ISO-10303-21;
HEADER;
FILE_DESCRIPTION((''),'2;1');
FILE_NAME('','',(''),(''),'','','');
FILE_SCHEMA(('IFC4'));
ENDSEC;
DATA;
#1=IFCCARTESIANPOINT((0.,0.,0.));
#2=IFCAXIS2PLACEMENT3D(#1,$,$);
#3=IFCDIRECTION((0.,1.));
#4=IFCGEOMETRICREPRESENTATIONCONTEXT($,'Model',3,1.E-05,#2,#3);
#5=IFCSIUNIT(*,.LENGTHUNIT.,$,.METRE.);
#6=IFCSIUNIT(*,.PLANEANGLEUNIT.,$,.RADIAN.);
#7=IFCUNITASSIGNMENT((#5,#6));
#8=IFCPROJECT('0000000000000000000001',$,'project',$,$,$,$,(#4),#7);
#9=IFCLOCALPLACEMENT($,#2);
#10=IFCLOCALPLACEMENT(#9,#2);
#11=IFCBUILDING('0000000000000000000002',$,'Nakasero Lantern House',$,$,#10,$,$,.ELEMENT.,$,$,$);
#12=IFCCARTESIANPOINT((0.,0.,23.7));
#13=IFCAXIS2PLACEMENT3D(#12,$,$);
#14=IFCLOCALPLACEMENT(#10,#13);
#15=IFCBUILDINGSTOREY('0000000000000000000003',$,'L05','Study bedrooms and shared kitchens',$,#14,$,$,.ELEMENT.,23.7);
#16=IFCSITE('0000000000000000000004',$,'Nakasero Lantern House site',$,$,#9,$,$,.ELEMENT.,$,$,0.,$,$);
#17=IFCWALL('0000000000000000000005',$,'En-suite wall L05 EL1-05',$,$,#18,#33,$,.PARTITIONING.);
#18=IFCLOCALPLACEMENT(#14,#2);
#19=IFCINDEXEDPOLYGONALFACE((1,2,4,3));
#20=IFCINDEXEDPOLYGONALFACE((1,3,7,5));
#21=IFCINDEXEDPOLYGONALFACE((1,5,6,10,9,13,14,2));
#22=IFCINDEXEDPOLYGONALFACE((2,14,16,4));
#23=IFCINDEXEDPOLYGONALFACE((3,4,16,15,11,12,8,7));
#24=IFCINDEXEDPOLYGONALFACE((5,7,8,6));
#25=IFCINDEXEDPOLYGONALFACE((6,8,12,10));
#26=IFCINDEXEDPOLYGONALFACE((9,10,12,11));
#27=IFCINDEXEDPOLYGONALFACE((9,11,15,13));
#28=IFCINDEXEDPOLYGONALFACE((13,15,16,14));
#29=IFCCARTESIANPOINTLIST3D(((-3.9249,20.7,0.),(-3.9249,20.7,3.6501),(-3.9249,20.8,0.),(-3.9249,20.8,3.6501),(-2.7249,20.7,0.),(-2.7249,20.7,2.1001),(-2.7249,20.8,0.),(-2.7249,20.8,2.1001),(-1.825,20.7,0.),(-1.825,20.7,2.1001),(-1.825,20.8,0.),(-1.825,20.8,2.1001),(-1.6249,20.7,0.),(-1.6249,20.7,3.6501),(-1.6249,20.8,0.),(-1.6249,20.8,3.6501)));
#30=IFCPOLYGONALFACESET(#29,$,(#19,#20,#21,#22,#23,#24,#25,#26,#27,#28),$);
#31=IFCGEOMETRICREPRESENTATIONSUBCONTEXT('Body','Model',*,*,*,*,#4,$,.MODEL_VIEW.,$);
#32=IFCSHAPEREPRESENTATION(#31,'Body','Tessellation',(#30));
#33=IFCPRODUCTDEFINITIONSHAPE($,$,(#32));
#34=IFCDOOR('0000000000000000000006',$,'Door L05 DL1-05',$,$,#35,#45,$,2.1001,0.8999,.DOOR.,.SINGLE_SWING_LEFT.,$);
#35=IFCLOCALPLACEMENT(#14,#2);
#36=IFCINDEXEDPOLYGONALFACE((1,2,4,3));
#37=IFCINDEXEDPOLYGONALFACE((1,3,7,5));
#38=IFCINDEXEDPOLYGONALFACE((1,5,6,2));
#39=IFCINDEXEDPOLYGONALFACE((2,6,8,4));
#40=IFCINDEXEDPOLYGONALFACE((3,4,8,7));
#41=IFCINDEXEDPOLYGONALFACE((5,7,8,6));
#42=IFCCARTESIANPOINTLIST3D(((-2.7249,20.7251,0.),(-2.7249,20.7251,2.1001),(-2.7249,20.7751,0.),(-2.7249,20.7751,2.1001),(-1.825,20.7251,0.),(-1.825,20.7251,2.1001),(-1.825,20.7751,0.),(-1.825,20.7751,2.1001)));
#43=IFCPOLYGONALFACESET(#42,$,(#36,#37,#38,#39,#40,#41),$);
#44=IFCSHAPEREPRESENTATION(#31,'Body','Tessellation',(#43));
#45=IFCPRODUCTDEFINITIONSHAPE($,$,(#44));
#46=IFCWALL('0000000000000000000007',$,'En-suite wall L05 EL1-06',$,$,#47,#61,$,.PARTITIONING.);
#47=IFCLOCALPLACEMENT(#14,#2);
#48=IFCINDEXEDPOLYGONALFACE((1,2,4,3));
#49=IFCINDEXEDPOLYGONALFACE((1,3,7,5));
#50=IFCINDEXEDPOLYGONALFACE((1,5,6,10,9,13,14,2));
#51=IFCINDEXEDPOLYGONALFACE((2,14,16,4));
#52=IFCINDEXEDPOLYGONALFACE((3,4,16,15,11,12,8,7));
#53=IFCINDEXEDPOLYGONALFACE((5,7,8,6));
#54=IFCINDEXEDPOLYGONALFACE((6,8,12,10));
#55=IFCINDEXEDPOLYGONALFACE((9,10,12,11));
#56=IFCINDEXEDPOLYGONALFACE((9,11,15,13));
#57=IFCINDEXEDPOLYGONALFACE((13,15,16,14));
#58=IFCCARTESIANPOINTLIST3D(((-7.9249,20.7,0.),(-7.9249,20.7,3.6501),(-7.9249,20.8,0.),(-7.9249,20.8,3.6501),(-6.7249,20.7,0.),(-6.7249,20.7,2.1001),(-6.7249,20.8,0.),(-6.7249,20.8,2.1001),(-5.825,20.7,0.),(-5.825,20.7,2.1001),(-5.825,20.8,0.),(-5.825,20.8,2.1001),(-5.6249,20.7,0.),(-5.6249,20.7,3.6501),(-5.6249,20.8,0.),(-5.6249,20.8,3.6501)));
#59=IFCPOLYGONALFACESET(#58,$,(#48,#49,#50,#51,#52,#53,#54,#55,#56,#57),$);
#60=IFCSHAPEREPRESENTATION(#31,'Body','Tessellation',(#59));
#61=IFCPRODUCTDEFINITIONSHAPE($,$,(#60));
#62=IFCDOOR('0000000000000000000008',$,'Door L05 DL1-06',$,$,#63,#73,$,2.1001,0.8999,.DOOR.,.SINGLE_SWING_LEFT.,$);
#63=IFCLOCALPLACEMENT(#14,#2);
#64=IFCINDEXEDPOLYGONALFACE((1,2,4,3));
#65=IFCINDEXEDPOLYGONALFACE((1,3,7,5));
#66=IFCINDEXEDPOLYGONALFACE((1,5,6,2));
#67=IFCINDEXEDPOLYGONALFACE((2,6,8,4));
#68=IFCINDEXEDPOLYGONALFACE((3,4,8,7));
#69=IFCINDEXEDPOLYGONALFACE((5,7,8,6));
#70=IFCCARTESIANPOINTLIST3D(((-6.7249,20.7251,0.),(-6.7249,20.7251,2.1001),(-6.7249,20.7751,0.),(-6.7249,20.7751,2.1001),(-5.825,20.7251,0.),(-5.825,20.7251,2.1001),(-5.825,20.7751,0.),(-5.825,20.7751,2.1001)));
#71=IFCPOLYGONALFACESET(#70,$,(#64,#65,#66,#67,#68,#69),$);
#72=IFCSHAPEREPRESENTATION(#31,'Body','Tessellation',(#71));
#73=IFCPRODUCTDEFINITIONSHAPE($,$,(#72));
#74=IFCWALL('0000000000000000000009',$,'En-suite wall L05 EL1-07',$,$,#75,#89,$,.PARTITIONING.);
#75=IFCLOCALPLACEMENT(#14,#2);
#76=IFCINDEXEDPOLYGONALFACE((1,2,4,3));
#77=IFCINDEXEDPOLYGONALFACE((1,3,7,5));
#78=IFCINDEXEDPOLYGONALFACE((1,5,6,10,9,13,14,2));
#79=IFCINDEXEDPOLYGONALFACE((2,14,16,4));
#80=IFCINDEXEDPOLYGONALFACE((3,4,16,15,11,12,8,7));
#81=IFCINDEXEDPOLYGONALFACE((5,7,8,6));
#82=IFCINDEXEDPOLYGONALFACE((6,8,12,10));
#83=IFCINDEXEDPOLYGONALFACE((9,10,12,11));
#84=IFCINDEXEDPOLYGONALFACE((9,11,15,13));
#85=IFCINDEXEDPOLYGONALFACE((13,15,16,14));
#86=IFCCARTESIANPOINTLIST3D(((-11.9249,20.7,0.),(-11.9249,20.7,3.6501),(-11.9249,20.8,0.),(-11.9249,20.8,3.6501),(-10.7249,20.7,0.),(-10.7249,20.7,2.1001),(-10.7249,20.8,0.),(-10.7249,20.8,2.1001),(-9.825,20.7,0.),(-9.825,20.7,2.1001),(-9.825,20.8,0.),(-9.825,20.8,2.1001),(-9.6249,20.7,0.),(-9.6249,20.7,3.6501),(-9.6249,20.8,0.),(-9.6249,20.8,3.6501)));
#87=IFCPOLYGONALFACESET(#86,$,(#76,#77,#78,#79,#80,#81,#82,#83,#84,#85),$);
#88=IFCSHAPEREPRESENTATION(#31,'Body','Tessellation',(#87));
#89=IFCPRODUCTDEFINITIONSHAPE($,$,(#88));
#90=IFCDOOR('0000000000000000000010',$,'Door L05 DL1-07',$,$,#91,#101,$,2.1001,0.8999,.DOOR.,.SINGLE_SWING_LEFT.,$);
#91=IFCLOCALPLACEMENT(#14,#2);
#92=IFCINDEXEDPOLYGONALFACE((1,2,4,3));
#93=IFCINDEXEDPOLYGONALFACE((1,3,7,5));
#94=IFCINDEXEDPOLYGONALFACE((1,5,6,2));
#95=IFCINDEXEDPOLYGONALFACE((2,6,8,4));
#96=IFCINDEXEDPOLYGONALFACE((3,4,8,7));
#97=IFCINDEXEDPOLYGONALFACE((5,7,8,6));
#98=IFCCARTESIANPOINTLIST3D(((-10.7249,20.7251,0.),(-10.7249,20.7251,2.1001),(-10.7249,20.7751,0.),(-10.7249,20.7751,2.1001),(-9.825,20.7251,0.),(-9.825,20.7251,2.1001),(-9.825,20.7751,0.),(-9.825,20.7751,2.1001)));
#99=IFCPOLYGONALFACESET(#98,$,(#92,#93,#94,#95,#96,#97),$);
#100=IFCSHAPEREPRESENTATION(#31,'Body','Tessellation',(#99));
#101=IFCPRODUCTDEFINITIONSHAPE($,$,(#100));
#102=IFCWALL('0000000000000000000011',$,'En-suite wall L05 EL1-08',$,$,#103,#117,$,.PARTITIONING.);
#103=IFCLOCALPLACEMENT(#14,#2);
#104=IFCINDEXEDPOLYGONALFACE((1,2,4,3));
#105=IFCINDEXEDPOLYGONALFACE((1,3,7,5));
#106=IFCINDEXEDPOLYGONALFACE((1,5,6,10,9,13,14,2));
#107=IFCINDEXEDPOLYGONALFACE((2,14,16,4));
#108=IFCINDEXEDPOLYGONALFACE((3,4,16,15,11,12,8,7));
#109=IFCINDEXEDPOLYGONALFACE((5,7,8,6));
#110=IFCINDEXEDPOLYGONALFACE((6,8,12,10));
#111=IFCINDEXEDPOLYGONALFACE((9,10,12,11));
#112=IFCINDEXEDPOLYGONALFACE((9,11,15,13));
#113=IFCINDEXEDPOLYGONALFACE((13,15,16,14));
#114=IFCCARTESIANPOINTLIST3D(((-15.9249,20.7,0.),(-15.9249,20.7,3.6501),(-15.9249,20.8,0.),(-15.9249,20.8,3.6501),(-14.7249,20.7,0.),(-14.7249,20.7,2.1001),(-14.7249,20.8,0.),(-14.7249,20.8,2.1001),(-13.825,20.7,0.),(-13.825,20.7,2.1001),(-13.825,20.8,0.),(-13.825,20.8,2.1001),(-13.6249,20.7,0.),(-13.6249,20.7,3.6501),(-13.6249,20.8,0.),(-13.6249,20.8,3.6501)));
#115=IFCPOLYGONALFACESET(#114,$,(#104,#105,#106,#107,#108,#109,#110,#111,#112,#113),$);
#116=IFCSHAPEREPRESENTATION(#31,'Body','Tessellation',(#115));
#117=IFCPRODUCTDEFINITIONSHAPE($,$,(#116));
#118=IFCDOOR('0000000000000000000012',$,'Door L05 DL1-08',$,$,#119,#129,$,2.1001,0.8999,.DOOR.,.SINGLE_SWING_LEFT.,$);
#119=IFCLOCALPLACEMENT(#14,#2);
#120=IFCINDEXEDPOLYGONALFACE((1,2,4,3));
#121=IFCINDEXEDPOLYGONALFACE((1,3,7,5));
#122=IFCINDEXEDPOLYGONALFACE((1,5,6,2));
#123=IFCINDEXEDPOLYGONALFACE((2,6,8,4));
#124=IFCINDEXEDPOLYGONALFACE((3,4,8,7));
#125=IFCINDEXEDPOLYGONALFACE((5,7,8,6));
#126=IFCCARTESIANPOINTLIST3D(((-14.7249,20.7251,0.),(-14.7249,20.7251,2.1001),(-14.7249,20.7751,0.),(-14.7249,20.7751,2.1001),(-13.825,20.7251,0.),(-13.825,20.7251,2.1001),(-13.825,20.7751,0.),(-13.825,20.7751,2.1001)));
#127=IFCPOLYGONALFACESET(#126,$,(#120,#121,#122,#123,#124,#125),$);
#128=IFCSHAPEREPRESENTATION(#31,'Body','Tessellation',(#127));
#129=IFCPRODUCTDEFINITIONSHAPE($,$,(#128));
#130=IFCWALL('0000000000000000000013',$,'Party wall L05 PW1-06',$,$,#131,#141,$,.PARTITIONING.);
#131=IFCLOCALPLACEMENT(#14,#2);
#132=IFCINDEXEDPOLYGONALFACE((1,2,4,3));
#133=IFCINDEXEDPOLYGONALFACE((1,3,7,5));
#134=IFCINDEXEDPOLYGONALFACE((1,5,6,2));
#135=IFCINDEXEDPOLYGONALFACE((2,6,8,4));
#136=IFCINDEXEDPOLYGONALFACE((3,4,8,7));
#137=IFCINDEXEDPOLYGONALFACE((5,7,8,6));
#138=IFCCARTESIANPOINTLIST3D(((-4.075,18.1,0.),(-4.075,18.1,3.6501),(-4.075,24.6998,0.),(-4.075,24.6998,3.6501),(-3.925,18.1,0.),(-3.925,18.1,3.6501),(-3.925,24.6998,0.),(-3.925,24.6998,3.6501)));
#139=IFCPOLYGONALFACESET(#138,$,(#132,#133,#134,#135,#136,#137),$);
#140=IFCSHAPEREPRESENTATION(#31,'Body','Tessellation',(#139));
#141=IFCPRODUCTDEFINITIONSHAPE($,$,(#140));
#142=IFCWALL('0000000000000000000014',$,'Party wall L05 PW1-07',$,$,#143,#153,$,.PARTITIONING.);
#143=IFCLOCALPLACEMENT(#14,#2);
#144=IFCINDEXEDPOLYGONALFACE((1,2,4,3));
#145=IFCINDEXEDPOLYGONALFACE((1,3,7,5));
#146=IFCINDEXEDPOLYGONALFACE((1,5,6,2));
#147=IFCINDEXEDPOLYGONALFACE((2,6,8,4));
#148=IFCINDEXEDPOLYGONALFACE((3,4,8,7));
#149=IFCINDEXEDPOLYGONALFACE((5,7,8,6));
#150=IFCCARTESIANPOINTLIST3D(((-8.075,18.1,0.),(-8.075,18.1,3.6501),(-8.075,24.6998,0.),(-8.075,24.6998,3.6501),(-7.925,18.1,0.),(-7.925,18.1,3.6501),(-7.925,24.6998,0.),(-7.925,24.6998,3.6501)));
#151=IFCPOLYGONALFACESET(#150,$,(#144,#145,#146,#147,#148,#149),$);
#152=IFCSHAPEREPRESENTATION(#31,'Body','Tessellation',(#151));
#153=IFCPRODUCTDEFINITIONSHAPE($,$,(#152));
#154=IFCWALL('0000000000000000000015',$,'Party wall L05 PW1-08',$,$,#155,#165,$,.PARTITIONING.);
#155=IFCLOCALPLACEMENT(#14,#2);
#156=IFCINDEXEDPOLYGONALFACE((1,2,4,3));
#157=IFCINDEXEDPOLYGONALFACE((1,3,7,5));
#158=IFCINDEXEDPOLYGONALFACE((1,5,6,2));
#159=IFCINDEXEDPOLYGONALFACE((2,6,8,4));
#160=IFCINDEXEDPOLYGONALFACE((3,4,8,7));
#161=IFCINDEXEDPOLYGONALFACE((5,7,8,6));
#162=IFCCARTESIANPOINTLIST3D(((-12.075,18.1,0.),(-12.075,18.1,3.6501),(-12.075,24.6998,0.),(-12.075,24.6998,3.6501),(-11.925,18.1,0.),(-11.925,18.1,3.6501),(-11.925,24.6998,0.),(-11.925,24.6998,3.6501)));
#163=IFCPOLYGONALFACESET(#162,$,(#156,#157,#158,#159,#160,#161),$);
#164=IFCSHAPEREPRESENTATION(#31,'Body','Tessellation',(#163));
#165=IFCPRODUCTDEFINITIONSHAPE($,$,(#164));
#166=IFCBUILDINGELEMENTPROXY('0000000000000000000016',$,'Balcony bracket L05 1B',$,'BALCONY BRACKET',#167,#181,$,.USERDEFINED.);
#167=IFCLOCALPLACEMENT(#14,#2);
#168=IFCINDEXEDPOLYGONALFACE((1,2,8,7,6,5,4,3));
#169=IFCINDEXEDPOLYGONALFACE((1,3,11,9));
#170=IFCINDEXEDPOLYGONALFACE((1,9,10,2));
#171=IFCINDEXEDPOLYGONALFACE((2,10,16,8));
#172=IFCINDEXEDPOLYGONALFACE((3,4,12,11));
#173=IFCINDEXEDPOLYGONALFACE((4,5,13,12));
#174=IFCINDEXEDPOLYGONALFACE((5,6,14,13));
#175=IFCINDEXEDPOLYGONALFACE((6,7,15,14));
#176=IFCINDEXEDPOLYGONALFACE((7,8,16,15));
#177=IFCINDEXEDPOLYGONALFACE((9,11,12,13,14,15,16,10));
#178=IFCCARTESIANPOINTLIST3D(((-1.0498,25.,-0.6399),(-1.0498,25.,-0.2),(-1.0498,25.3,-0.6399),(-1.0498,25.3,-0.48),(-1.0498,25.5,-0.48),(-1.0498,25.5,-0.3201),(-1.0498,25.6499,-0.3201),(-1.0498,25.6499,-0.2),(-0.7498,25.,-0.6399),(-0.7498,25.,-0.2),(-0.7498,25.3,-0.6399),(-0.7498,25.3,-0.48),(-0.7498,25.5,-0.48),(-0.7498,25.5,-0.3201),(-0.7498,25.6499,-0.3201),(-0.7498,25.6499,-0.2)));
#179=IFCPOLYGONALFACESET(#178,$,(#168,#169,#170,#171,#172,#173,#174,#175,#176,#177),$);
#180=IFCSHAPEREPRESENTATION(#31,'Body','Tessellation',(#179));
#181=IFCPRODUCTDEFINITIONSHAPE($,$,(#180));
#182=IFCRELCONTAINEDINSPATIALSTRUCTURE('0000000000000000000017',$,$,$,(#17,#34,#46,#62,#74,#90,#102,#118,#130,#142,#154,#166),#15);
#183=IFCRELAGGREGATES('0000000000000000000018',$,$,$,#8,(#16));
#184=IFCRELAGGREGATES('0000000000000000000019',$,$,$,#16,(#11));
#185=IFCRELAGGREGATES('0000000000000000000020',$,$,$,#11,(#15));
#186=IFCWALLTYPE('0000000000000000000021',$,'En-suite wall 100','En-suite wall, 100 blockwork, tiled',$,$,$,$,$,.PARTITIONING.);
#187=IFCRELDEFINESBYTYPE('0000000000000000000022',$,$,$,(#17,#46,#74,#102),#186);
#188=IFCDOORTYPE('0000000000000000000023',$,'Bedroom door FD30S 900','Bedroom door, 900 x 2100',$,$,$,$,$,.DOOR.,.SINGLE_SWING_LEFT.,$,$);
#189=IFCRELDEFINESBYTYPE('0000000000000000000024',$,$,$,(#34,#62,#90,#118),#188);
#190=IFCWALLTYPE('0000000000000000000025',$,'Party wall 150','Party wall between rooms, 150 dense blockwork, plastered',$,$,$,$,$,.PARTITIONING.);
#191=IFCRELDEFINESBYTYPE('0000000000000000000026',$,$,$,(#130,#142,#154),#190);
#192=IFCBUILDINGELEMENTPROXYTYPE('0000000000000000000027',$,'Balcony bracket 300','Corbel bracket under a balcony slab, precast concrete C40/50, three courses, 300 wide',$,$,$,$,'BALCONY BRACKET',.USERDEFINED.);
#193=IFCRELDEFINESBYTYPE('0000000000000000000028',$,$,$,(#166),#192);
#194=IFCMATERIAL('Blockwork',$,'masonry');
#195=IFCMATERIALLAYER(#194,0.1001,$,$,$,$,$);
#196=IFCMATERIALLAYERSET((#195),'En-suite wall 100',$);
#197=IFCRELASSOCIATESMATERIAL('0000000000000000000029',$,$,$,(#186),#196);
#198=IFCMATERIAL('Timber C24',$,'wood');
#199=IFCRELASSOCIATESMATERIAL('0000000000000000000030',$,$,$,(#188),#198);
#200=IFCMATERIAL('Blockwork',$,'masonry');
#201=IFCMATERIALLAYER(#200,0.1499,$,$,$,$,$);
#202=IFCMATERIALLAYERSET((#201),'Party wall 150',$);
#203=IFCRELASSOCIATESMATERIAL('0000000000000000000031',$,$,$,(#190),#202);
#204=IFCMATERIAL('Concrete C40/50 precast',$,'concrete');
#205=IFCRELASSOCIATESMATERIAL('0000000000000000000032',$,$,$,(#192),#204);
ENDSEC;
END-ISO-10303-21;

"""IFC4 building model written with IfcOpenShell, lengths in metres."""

from ifc_helpers import new_model, si_unit, direction, frame, frame_2d, origin, place, context, subcontext, project, spatial, polyline, rectangle, outline, extrude, material, layer, layer_set, type_object, element, fill, save


model = new_model("IFC4")

# Units and contexts
model_context = context("Model", 3, precision=1e-05, world=origin(), true_north=direction((0.0, 1.0)))
body_context = subcontext(model_context, "Body", "Model", "MODEL_VIEW")
ifc_project = project(units=[si_unit("LENGTHUNIT", "METRE"), si_unit("PLANEANGLEUNIT", "RADIAN")], contexts=[model_context])

# Site, building, storey
site_placement = place(None, origin())
site = spatial("IfcSite", under=ifc_project, at=site_placement, Name="Nakasero Lantern House site", CompositionType="ELEMENT", RefElevation=0.0)
building_placement = place(site_placement, origin())
building = spatial("IfcBuilding", under=site, at=building_placement, Name="Nakasero Lantern House", CompositionType="ELEMENT")
storey_placement = place(building_placement, frame((0.0, 0.0, 23.7)))
storey = spatial("IfcBuildingStorey", under=building, at=storey_placement, Name="L05", Description="Study bedrooms and shared kitchens", CompositionType="ELEMENT", Elevation=23.7)

# Shared definitions
ifc_material_1 = material(Name="Blockwork", Category="masonry")
ifc_layer_1 = layer(ifc_material_1, 0.1001)
ifc_layer_set_1 = layer_set([ifc_layer_1], Name="En-suite wall 100")
wall_type_1 = type_object("IfcWallType", Name="En-suite wall 100", Description="En-suite wall, 100 blockwork, tiled", PredefinedType="PARTITIONING", material=ifc_layer_set_1)

# Walls, openings, doors
wall_1_placement = place(storey_placement, frame((-1.625, 20.75, 0.0), z_axis=(0.0, 0.0, 1.0), x_axis=(-1.0, 0.0, 0.0)))
wall_1 = element("IfcWall", 1, at=wall_1_placement, inside=storey, type_object=wall_type_1, Name="En-suite wall L05 EL1-05", PredefinedType="PARTITIONING", context=body_context, shape_type="SweptSolid", body=[
    extrude(rectangle(XDim=2.3, YDim=0.1001, at=frame_2d((1.1499, 0.0))), origin(), (0.0, 0.0, 1.0), 3.6501),
])
opening_1_placement = place(wall_1_placement, frame((0.2, 0.0, 0.0)))
opening_1 = element("IfcOpeningElement", 2, at=opening_1_placement, cuts=wall_1, PredefinedType="OPENING", context=body_context, shape_type="SweptSolid", body=[
    extrude(rectangle(XDim=0.8999, YDim=2.1001, at=frame_2d((0.45, 1.05))), frame((0.0, 0.0701, 0.0), z_axis=(0.0, -1.0, 0.0), x_axis=(1.0, 0.0, 0.0)), (0.0, 0.0, 1.0), 0.1401),
])
ifc_material_2 = material(Name="Timber C24", Category="wood")
door_type_1 = type_object("IfcDoorType", Name="Bedroom door FD30S 900", Description="Bedroom door, 900 x 2100", OperationType="SINGLE_SWING_LEFT", PredefinedType="DOOR", material=ifc_material_2)
door_1_placement = place(opening_1_placement, origin())
door_1 = element("IfcDoor", 3, at=door_1_placement, inside=storey, type_object=door_type_1, Name="Door L05 DL1-05", OperationType="SINGLE_SWING_LEFT", OverallHeight=2.1001, OverallWidth=0.8999, PredefinedType="DOOR", context=body_context, shape_type="SweptSolid", body=[
    extrude(rectangle(XDim=0.8999, YDim=2.1001, at=frame_2d((0.45, 1.05))), frame((0.0, 0.0249, 0.0), z_axis=(0.0, -1.0, 0.0), x_axis=(1.0, 0.0, 0.0)), (0.0, 0.0, 1.0), 0.05),
])
fill(opening_1, door_1)
wall_2_placement = place(storey_placement, frame((-5.625, 20.75, 0.0), z_axis=(0.0, 0.0, 1.0), x_axis=(-1.0, 0.0, 0.0)))
wall_2 = element("IfcWall", 4, at=wall_2_placement, inside=storey, type_object=wall_type_1, Name="En-suite wall L05 EL1-06", PredefinedType="PARTITIONING", context=body_context, shape_type="SweptSolid", body=[
    extrude(rectangle(XDim=2.3, YDim=0.1001, at=frame_2d((1.1499, 0.0))), origin(), (0.0, 0.0, 1.0), 3.6501),
])
opening_2_placement = place(wall_2_placement, frame((0.2, 0.0, 0.0)))
opening_2 = element("IfcOpeningElement", 5, at=opening_2_placement, cuts=wall_2, PredefinedType="OPENING", context=body_context, shape_type="SweptSolid", body=[
    extrude(rectangle(XDim=0.8999, YDim=2.1001, at=frame_2d((0.45, 1.05))), frame((0.0, 0.0701, 0.0), z_axis=(0.0, -1.0, 0.0), x_axis=(1.0, 0.0, 0.0)), (0.0, 0.0, 1.0), 0.1401),
])
door_2_placement = place(opening_2_placement, origin())
door_2 = element("IfcDoor", 6, at=door_2_placement, inside=storey, type_object=door_type_1, Name="Door L05 DL1-06", OperationType="SINGLE_SWING_LEFT", OverallHeight=2.1001, OverallWidth=0.8999, PredefinedType="DOOR", context=body_context, shape_type="SweptSolid", body=[
    extrude(rectangle(XDim=0.8999, YDim=2.1001, at=frame_2d((0.45, 1.05))), frame((0.0, 0.0249, 0.0), z_axis=(0.0, -1.0, 0.0), x_axis=(1.0, 0.0, 0.0)), (0.0, 0.0, 1.0), 0.05),
])
fill(opening_2, door_2)
wall_3_placement = place(storey_placement, frame((-9.625, 20.75, 0.0), z_axis=(0.0, 0.0, 1.0), x_axis=(-1.0, 0.0, 0.0)))
wall_3 = element("IfcWall", 7, at=wall_3_placement, inside=storey, type_object=wall_type_1, Name="En-suite wall L05 EL1-07", PredefinedType="PARTITIONING", context=body_context, shape_type="SweptSolid", body=[
    extrude(rectangle(XDim=2.3, YDim=0.1001, at=frame_2d((1.1499, 0.0))), origin(), (0.0, 0.0, 1.0), 3.6501),
])
opening_3_placement = place(wall_3_placement, frame((0.2, 0.0, 0.0)))
opening_3 = element("IfcOpeningElement", 8, at=opening_3_placement, cuts=wall_3, PredefinedType="OPENING", context=body_context, shape_type="SweptSolid", body=[
    extrude(rectangle(XDim=0.8999, YDim=2.1001, at=frame_2d((0.45, 1.05))), frame((0.0, 0.0701, 0.0), z_axis=(0.0, -1.0, 0.0), x_axis=(1.0, 0.0, 0.0)), (0.0, 0.0, 1.0), 0.1401),
])
door_3_placement = place(opening_3_placement, origin())
door_3 = element("IfcDoor", 9, at=door_3_placement, inside=storey, type_object=door_type_1, Name="Door L05 DL1-07", OperationType="SINGLE_SWING_LEFT", OverallHeight=2.1001, OverallWidth=0.8999, PredefinedType="DOOR", context=body_context, shape_type="SweptSolid", body=[
    extrude(rectangle(XDim=0.8999, YDim=2.1001, at=frame_2d((0.45, 1.05))), frame((0.0, 0.0249, 0.0), z_axis=(0.0, -1.0, 0.0), x_axis=(1.0, 0.0, 0.0)), (0.0, 0.0, 1.0), 0.05),
])
fill(opening_3, door_3)
wall_4_placement = place(storey_placement, frame((-13.625, 20.75, 0.0), z_axis=(0.0, 0.0, 1.0), x_axis=(-1.0, 0.0, 0.0)))
wall_4 = element("IfcWall", 10, at=wall_4_placement, inside=storey, type_object=wall_type_1, Name="En-suite wall L05 EL1-08", PredefinedType="PARTITIONING", context=body_context, shape_type="SweptSolid", body=[
    extrude(rectangle(XDim=2.3, YDim=0.1001, at=frame_2d((1.1499, 0.0))), origin(), (0.0, 0.0, 1.0), 3.6501),
])
opening_4_placement = place(wall_4_placement, frame((0.2, 0.0, 0.0)))
opening_4 = element("IfcOpeningElement", 11, at=opening_4_placement, cuts=wall_4, PredefinedType="OPENING", context=body_context, shape_type="SweptSolid", body=[
    extrude(rectangle(XDim=0.8999, YDim=2.1001, at=frame_2d((0.45, 1.05))), frame((0.0, 0.0701, 0.0), z_axis=(0.0, -1.0, 0.0), x_axis=(1.0, 0.0, 0.0)), (0.0, 0.0, 1.0), 0.1401),
])
door_4_placement = place(opening_4_placement, origin())
door_4 = element("IfcDoor", 12, at=door_4_placement, inside=storey, type_object=door_type_1, Name="Door L05 DL1-08", OperationType="SINGLE_SWING_LEFT", OverallHeight=2.1001, OverallWidth=0.8999, PredefinedType="DOOR", context=body_context, shape_type="SweptSolid", body=[
    extrude(rectangle(XDim=0.8999, YDim=2.1001, at=frame_2d((0.45, 1.05))), frame((0.0, 0.0249, 0.0), z_axis=(0.0, -1.0, 0.0), x_axis=(1.0, 0.0, 0.0)), (0.0, 0.0, 1.0), 0.05),
])
fill(opening_4, door_4)

# Walls
ifc_material_3 = material(Name="Blockwork", Category="masonry")
ifc_layer_2 = layer(ifc_material_3, 0.1499)
ifc_layer_set_2 = layer_set([ifc_layer_2], Name="Party wall 150")
wall_type_2 = type_object("IfcWallType", Name="Party wall 150", Description="Party wall between rooms, 150 dense blockwork, plastered", PredefinedType="PARTITIONING", material=ifc_layer_set_2)
for number, where, z_axis, x_axis, name in (
    (13, (-4.0, 18.1001, 0.0), (0.0, 0.0, 1.0), (0.0, 1.0, 0.0), "Party wall L05 PW1-06"),
    (14, (-8.0, 18.1001, 0.0), (0.0, 0.0, 1.0), (0.0, 1.0, 0.0), "Party wall L05 PW1-07"),
    (15, (-12.0, 18.1001, 0.0), (0.0, 0.0, 1.0), (0.0, 1.0, 0.0), "Party wall L05 PW1-08"),
):
    element("IfcWall", number, at=place(storey_placement, frame(where, z_axis=z_axis, x_axis=x_axis)), inside=storey, type_object=wall_type_2, Name=name, PredefinedType="PARTITIONING", context=body_context, shape_type="SweptSolid", body=[
        extrude(rectangle(XDim=6.5999, YDim=0.1499, at=frame_2d((3.2998, 0.0))), origin(), (0.0, 0.0, 1.0), 3.6501),
    ])

# Building element proxy
ifc_material_4 = material(Name="Concrete C40/50 precast", Category="concrete")
building_element_proxy_type = type_object("IfcBuildingElementProxyType", Name="Balcony bracket 300", Description="Corbel bracket under a balcony slab, precast concrete C40/50, three courses, 300 wide", ElementType="BALCONY BRACKET", PredefinedType="USERDEFINED", material=ifc_material_4)
proxy_placement = place(storey_placement, frame((-0.8999, 25.0, -0.2), z_axis=(0.0, 0.0, 1.0), x_axis=(0.0, 1.0, 0.0)))
element("IfcBuildingElementProxy", 16, at=proxy_placement, inside=storey, type_object=building_element_proxy_type, Name="Balcony bracket L05 1B", ObjectType="BALCONY BRACKET", PredefinedType="USERDEFINED", context=body_context, shape_type="SweptSolid", body=[
    extrude(outline(polyline([(0.0, 0.0), (0.6499, 0.0), (0.6499, -0.1201), (0.5, -0.1201), (0.5, -0.28), (0.3, -0.28), (0.3, -0.4399), (0.0, -0.4399), (0.0, 0.0)])), frame((0.0, 0.1499, 0.0), z_axis=(0.0, -1.0, 0.0), x_axis=(1.0, 0.0, 0.0)), (0.0, 0.0, 1.0), 0.3),
])

save(model, "model.ifc")
